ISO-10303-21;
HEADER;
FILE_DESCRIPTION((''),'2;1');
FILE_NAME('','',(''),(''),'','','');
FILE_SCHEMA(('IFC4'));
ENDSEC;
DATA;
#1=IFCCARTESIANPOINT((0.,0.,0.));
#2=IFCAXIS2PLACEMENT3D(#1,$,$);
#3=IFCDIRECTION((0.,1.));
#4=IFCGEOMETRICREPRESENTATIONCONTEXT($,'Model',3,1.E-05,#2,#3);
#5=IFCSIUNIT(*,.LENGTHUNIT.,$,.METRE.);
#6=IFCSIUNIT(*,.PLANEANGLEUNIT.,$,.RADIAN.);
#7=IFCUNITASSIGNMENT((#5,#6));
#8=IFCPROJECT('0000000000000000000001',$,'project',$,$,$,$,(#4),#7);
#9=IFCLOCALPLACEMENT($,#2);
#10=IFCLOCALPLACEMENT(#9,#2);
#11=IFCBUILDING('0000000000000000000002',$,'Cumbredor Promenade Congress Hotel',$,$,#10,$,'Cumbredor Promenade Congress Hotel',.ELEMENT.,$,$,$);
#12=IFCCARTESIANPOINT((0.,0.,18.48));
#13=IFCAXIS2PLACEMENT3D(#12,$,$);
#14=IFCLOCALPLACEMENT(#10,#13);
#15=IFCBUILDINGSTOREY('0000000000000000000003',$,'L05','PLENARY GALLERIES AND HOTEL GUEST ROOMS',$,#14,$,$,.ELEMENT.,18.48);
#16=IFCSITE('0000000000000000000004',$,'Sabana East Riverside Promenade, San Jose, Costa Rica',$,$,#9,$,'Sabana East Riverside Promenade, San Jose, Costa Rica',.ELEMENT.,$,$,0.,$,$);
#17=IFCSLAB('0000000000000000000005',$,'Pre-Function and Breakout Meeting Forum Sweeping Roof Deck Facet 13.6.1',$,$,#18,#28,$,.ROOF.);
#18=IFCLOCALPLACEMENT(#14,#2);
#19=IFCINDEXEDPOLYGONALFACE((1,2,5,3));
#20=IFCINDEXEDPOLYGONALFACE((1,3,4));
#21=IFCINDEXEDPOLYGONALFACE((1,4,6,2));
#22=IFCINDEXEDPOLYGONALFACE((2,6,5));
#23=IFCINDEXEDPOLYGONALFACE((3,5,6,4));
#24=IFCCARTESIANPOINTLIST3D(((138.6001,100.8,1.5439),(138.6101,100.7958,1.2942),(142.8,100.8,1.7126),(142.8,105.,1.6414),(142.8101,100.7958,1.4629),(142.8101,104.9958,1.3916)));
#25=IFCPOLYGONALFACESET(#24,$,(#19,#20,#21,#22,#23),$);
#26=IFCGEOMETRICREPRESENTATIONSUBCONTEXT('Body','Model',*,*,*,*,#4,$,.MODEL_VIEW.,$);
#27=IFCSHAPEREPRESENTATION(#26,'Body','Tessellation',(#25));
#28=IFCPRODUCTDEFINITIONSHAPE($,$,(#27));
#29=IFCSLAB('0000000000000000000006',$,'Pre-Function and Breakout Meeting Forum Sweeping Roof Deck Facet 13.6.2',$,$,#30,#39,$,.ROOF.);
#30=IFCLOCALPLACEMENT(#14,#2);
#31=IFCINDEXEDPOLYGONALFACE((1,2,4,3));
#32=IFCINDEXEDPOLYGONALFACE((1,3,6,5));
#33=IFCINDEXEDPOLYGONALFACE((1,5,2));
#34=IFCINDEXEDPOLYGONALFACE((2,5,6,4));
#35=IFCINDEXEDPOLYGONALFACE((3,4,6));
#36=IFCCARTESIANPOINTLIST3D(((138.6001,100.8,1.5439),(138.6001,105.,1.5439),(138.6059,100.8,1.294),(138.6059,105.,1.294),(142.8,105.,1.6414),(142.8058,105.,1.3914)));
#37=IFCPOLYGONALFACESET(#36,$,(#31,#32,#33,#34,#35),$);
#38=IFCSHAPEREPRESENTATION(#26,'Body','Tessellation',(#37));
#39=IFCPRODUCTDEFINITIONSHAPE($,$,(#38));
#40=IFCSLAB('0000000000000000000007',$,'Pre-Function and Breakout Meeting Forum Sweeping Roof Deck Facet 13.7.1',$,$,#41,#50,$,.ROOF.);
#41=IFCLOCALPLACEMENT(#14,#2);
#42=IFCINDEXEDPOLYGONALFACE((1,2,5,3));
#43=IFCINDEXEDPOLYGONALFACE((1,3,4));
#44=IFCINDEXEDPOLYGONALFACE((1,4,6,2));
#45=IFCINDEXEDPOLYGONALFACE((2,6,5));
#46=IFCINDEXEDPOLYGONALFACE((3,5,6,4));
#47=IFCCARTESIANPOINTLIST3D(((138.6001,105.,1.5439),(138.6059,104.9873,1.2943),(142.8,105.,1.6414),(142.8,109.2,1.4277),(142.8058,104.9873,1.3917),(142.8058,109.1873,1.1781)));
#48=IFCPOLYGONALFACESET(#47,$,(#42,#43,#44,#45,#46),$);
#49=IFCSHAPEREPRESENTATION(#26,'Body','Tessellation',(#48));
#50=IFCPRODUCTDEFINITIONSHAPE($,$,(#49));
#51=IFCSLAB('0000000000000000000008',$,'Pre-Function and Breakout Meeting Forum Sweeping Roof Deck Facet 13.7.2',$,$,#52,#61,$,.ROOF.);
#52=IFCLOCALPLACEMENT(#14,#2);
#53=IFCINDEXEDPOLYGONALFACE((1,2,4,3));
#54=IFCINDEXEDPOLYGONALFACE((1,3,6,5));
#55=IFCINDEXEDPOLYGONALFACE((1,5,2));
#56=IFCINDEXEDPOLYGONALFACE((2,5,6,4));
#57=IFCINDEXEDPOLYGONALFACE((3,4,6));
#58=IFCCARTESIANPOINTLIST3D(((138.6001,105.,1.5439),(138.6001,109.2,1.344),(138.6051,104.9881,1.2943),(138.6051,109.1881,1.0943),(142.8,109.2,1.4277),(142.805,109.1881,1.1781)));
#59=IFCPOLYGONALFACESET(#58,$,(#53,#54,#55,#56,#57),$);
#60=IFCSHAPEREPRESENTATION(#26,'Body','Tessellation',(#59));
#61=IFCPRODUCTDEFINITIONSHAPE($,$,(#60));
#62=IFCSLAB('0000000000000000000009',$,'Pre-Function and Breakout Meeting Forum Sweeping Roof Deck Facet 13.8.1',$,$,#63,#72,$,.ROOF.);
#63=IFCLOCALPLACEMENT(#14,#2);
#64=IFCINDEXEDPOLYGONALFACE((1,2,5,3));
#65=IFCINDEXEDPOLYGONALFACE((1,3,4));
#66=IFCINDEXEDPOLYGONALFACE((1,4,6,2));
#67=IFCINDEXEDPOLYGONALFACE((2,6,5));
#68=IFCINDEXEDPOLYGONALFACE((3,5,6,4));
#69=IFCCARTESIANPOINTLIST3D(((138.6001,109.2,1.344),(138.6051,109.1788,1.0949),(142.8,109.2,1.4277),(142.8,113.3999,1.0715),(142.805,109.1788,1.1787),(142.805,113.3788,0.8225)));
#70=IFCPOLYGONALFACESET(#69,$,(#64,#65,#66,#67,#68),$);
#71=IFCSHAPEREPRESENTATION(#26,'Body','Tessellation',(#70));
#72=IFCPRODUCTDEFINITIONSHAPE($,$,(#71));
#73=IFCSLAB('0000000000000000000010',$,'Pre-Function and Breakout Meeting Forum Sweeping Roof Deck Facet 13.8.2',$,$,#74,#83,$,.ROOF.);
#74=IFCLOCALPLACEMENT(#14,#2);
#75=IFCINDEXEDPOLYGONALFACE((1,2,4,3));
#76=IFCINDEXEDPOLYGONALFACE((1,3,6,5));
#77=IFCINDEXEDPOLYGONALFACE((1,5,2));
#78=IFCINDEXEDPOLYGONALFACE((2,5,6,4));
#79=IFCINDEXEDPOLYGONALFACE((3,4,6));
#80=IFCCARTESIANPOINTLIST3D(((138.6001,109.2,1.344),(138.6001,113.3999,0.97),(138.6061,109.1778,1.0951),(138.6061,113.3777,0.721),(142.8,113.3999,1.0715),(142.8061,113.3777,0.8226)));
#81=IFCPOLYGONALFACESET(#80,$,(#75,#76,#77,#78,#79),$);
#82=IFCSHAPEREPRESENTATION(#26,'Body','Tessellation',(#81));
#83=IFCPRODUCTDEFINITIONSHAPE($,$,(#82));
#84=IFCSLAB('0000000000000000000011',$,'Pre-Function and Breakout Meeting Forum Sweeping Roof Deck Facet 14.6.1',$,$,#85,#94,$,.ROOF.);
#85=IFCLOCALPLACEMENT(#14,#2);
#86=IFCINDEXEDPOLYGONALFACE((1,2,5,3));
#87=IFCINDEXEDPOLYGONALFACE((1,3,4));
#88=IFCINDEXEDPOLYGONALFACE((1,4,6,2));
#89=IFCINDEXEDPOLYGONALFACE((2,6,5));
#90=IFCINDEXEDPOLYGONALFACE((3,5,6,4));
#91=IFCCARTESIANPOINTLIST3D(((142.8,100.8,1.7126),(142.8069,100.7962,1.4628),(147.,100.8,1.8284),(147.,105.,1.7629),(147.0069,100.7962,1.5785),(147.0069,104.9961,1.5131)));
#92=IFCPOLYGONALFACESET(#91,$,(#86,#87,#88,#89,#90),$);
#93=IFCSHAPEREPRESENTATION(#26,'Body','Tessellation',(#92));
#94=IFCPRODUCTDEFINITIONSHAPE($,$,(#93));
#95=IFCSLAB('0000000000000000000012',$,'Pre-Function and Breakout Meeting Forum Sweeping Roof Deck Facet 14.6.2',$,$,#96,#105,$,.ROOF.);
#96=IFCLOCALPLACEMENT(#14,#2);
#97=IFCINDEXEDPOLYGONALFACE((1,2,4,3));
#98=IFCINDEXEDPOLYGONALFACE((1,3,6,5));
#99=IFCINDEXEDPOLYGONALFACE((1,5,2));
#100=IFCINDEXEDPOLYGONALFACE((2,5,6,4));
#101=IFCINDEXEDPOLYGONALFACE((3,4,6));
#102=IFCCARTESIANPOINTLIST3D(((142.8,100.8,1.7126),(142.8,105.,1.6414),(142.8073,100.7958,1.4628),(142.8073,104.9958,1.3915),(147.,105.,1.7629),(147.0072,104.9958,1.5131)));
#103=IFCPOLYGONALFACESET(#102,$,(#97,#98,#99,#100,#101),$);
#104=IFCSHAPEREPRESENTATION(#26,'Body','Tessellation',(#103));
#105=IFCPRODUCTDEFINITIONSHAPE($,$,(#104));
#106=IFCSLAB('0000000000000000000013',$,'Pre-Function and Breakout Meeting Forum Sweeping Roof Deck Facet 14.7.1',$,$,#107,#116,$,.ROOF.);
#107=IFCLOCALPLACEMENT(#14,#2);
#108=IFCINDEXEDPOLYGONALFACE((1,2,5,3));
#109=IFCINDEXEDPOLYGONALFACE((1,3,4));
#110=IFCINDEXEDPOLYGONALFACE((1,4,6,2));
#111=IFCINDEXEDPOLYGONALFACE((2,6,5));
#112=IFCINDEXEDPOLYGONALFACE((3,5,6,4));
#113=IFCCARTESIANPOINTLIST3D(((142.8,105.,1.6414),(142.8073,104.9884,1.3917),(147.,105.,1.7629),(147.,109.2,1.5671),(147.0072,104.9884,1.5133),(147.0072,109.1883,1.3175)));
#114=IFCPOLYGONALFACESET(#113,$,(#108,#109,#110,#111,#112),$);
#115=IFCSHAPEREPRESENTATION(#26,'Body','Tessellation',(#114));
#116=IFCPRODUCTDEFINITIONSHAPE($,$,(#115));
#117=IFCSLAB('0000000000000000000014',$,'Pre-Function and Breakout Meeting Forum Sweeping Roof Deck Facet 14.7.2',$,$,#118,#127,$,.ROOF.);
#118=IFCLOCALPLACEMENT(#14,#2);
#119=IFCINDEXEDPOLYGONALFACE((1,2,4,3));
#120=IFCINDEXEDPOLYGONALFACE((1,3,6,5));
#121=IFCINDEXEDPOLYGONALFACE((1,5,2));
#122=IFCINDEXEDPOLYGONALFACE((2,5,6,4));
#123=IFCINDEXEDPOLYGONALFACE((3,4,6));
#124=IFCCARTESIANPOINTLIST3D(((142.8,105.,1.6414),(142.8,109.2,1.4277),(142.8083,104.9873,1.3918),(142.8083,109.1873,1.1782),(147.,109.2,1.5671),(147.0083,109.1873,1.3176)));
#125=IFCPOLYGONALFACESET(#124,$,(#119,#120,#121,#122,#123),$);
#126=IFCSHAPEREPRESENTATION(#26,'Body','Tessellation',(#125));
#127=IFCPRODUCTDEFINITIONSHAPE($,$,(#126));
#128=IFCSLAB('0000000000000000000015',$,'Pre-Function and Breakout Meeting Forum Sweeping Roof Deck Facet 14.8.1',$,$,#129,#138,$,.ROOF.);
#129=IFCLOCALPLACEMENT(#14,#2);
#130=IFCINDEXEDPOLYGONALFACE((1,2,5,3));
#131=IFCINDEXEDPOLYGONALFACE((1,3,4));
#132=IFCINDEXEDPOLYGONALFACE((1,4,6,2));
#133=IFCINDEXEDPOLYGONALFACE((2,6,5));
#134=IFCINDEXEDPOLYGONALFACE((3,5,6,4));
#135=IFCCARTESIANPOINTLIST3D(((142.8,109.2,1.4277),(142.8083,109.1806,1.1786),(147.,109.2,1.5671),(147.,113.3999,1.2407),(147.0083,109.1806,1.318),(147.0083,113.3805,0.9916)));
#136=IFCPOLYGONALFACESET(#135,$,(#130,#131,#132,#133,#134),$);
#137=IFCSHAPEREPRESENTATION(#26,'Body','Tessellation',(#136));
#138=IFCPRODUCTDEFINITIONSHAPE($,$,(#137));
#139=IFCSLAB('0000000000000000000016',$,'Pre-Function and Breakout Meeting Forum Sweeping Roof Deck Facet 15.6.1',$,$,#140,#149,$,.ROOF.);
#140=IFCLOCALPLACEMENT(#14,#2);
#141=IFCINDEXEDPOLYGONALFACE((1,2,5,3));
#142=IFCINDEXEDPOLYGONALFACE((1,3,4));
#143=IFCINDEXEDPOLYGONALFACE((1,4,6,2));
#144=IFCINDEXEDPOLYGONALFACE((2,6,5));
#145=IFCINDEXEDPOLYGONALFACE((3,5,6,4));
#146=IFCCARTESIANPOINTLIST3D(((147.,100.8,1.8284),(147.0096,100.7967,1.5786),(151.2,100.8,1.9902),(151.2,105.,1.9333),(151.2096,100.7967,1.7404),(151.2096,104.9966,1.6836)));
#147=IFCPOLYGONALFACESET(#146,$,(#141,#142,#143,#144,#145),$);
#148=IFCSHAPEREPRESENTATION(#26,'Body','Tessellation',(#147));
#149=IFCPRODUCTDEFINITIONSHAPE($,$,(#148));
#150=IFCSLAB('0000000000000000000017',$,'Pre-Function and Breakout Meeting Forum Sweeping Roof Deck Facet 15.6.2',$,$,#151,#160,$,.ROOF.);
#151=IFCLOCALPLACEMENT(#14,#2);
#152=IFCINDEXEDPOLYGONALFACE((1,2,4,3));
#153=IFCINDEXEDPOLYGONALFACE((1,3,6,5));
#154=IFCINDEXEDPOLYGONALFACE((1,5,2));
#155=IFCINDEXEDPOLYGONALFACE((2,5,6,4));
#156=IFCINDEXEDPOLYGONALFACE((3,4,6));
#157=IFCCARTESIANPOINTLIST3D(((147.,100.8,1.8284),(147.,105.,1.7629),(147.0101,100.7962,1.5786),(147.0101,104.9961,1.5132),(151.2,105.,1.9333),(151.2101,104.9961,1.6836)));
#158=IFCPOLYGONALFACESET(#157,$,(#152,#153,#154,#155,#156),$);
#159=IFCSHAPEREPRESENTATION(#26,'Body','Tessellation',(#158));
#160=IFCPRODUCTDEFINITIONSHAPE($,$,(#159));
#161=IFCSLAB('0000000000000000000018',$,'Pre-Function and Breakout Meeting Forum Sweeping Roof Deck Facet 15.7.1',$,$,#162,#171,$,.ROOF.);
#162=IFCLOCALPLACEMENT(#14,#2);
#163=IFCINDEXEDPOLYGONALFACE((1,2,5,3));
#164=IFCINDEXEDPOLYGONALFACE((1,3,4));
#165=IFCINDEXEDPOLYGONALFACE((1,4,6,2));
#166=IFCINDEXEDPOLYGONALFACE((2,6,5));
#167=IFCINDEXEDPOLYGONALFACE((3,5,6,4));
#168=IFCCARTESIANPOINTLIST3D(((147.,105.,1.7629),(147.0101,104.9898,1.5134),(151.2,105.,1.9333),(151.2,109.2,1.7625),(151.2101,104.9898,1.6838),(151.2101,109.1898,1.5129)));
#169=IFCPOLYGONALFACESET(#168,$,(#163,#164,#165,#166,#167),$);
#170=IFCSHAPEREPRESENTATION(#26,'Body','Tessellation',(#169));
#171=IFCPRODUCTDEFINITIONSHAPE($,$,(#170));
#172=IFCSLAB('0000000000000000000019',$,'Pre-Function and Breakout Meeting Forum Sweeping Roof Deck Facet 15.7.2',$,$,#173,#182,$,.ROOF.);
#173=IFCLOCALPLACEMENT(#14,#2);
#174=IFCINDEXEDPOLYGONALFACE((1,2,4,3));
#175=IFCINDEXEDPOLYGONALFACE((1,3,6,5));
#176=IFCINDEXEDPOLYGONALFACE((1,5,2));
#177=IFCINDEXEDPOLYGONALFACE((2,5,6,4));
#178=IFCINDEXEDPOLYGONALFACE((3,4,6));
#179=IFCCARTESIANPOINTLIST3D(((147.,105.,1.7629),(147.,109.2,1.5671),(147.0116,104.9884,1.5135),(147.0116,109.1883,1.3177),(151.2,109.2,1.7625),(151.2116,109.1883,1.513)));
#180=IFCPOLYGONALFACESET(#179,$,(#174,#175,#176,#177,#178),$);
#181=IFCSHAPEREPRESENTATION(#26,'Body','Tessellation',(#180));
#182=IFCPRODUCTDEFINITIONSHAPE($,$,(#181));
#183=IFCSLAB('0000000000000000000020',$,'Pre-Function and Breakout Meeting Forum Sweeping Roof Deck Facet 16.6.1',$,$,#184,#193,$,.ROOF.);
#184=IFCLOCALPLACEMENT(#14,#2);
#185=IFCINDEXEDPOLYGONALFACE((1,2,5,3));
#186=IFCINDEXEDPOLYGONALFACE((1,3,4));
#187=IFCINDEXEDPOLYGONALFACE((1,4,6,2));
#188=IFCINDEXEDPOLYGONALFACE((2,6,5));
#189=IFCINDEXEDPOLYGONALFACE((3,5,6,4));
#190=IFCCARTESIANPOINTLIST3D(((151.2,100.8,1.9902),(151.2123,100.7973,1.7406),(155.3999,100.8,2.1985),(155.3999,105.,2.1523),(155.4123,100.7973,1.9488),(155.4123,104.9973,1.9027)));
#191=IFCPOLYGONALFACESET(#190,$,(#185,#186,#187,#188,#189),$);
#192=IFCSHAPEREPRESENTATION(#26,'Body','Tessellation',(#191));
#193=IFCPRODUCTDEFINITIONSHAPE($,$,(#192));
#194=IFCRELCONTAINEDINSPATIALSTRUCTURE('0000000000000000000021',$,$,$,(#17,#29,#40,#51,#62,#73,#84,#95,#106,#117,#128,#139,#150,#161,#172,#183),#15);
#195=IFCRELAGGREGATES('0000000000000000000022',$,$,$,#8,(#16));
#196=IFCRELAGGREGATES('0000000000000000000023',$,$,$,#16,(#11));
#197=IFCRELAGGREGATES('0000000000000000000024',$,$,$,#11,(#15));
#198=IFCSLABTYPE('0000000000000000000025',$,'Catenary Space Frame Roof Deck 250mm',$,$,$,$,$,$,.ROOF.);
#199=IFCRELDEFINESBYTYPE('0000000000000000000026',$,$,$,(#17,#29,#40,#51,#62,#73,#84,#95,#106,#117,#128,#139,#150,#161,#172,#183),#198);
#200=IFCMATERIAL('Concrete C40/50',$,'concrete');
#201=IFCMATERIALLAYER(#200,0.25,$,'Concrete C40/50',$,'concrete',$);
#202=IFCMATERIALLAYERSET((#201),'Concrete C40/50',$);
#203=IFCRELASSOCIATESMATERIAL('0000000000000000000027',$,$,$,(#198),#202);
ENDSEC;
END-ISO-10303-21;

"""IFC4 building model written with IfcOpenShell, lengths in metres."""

from ifc_helpers import new_model, si_unit, direction, frame, origin, place, context, subcontext, project, spatial, polyline, outline, extrude, material, layer, layer_set, type_object, element, save


model = new_model("IFC4")

# Units and contexts
model_context = context("Model", 3, precision=1e-05, world=origin(), true_north=direction((0.0, 1.0)))
body_context = subcontext(model_context, "Body", "Model", "MODEL_VIEW")
ifc_project = project(units=[si_unit("LENGTHUNIT", "METRE"), si_unit("PLANEANGLEUNIT", "RADIAN")], contexts=[model_context])

# Site, building, storey
site_placement = place(None, origin())
site = spatial("IfcSite", under=ifc_project, at=site_placement, Name="Sabana East Riverside Promenade, San Jose, Costa Rica", LongName="Sabana East Riverside Promenade, San Jose, Costa Rica", CompositionType="ELEMENT", RefElevation=0.0)
building_placement = place(site_placement, origin())
building = spatial("IfcBuilding", under=site, at=building_placement, Name="Cumbredor Promenade Congress Hotel", LongName="Cumbredor Promenade Congress Hotel", CompositionType="ELEMENT")
storey_placement = place(building_placement, frame((0.0, 0.0, 18.48)))
storey = spatial("IfcBuildingStorey", under=building, at=storey_placement, Name="L05", Description="PLENARY GALLERIES AND HOTEL GUEST ROOMS", CompositionType="ELEMENT", Elevation=18.48)

# Slabs
ifc_material_1 = material(Name="Concrete C40/50", Category="concrete")
ifc_layer_1 = layer(ifc_material_1, 0.25, Name="Concrete C40/50", Category="concrete")
ifc_layer_set_1 = layer_set([ifc_layer_1], Name="Concrete C40/50")
slab_type = type_object("IfcSlabType", Name="Catenary Space Frame Roof Deck 250mm", PredefinedType="ROOF", material=ifc_layer_set_1)
slab_1_placement = place(storey_placement, frame((138.6001, 100.8, 1.5439), z_axis=(-0.040129, 0.016958, 0.999051), x_axis=(0.999194, 0.0, 0.040135)))
element("IfcSlab", 1, at=slab_1_placement, inside=storey, type_object=slab_type, Name="Pre-Function and Breakout Meeting Forum Sweeping Roof Deck Facet 13.6.1", PredefinedType="ROOF", context=body_context, shape_type="SweptSolid", body=[
    extrude(outline(polyline([(0.0, 0.0), (4.2033, 0.0), (4.2005, 4.2006), (0.0, 0.0)])), origin(), (0.0, 0.0, -1.0), 0.25),
])
slab_2_placement = place(storey_placement, frame((138.6001, 100.8, 1.5439), z_axis=(-0.023187, 0.0, 0.999731), x_axis=(0.707012, 0.707012, 0.016398)))
element("IfcSlab", 2, at=slab_2_placement, inside=storey, type_object=slab_type, Name="Pre-Function and Breakout Meeting Forum Sweeping Roof Deck Facet 13.6.2", PredefinedType="ROOF", context=body_context, shape_type="SweptSolid", body=[
    extrude(outline(polyline([(0.0, 0.0), (5.9404, 0.0), (2.9694, 2.9702), (0.0, 0.0)])), origin(), (0.0, 0.0, -1.0), 0.25),
])
slab_3_placement = place(storey_placement, frame((138.6001, 105.0, 1.5439), z_axis=(-0.023157, 0.050784, 0.998441), x_axis=(0.999731, 0.0, 0.023187)))
element("IfcSlab", 3, at=slab_3_placement, inside=storey, type_object=slab_type, Name="Pre-Function and Breakout Meeting Forum Sweeping Roof Deck Facet 13.7.1", PredefinedType="ROOF", context=body_context, shape_type="SweptSolid", body=[
    extrude(outline(polyline([(0.0, 0.0), (4.2011, 0.0), (4.1961, 4.2054), (0.0, 0.0)])), origin(), (0.0, 0.0, -1.0), 0.25),
])
slab_4_placement = place(storey_placement, frame((138.6001, 105.0, 1.5439), z_axis=(-0.019912, 0.047545, 0.998671), x_axis=(0.706971, 0.706971, -0.019562)))
element("IfcSlab", 4, at=slab_4_placement, inside=storey, type_object=slab_type, Name="Pre-Function and Breakout Meeting Forum Sweeping Roof Deck Facet 13.7.2", PredefinedType="ROOF", context=body_context, shape_type="SweptSolid", body=[
    extrude(outline(polyline([(0.0, 0.0), (5.9408, 0.0), (2.9732, 2.9732), (0.0, 0.0)])), origin(), (0.0, 0.0, -1.0), 0.25),
])
slab_5_placement = place(storey_placement, frame((138.6001, 109.2, 1.344), z_axis=(-0.019863, 0.084491, 0.996226), x_axis=(0.999801, 0.0, 0.019934)))
element("IfcSlab", 5, at=slab_5_placement, inside=storey, type_object=slab_type, Name="Pre-Function and Breakout Meeting Forum Sweeping Roof Deck Facet 13.8.1", PredefinedType="ROOF", context=body_context, shape_type="SweptSolid", body=[
    extrude(outline(polyline([(0.0, 0.0), (4.2008, 0.0), (4.1937, 4.215), (0.0, 0.0)])), origin(), (0.0, 0.0, -1.0), 0.25),
])
slab_6_placement = place(storey_placement, frame((138.6001, 109.2, 1.344), z_axis=(-0.02408, 0.088677, 0.995769), x_axis=(0.706364, 0.706364, -0.045824)))
element("IfcSlab", 6, at=slab_6_placement, inside=storey, type_object=slab_type, Name="Pre-Function and Breakout Meeting Forum Sweeping Roof Deck Facet 13.8.2", PredefinedType="ROOF", context=body_context, shape_type="SweptSolid", body=[
    extrude(outline(polyline([(0.0, 0.0), (5.9459, 0.0), (2.9838, 2.9793), (0.0, 0.0)])), origin(), (0.0, 0.0, -1.0), 0.25),
])
slab_7_placement = place(storey_placement, frame((142.8, 100.8, 1.7126), z_axis=(-0.02754, 0.015571, 0.999499), x_axis=(0.999621, 0.0, 0.027543)))
element("IfcSlab", 7, at=slab_7_placement, inside=storey, type_object=slab_type, Name="Pre-Function and Breakout Meeting Forum Sweeping Roof Deck Facet 14.6.1", PredefinedType="ROOF", context=body_context, shape_type="SweptSolid", body=[
    extrude(outline(polyline([(0.0, 0.0), (4.2015, 0.0), (4.1997, 4.2005), (0.0, 0.0)])), origin(), (0.0, 0.0, -1.0), 0.25),
])
slab_8_placement = place(storey_placement, frame((142.8, 100.8, 1.7126), z_axis=(-0.028932, 0.016964, 0.999437), x_axis=(0.707081, 0.707081, 0.008467)))
element("IfcSlab", 8, at=slab_8_placement, inside=storey, type_object=slab_type, Name="Pre-Function and Breakout Meeting Forum Sweeping Roof Deck Facet 14.6.2", PredefinedType="ROOF", context=body_context, shape_type="SweptSolid", body=[
    extrude(outline(polyline([(0.0, 0.0), (5.9398, 0.0), (2.9691, 2.9714), (0.0, 0.0)])), origin(), (0.0, 0.0, -1.0), 0.25),
])
slab_9_placement = place(storey_placement, frame((142.8, 105.0, 1.6414), z_axis=(-0.028905, 0.04655, 0.998498), x_axis=(0.999581, 0.0, 0.028936)))
element("IfcSlab", 9, at=slab_9_placement, inside=storey, type_object=slab_type, Name="Pre-Function and Breakout Meeting Forum Sweeping Roof Deck Facet 14.7.1", PredefinedType="ROOF", context=body_context, shape_type="SweptSolid", body=[
    extrude(outline(polyline([(0.0, 0.0), (4.2017, 0.0), (4.196, 4.2045), (0.0, 0.0)])), origin(), (0.0, 0.0, -1.0), 0.25),
])
slab_10_placement = place(storey_placement, frame((142.8, 105.0, 1.6414), z_axis=(-0.033131, 0.05077, 0.998161), x_axis=(0.707052, 0.707052, -0.012495)))
element("IfcSlab", 10, at=slab_10_placement, inside=storey, type_object=slab_type, Name="Pre-Function and Breakout Meeting Forum Sweeping Roof Deck Facet 14.7.2", PredefinedType="ROOF", context=body_context, shape_type="SweptSolid", body=[
    extrude(outline(polyline([(0.0, 0.0), (5.9401, 0.0), (2.9723, 2.9751), (0.0, 0.0)])), origin(), (0.0, 0.0, -1.0), 0.25),
])
slab_11_placement = place(storey_placement, frame((142.8, 109.2, 1.4277), z_axis=(-0.033074, 0.077443, 0.996448), x_axis=(0.99945, 0.0, 0.033174)))
element("IfcSlab", 11, at=slab_11_placement, inside=storey, type_object=slab_type, Name="Pre-Function and Breakout Meeting Forum Sweeping Roof Deck Facet 14.8.1", PredefinedType="ROOF", context=body_context, shape_type="SweptSolid", body=[
    extrude(outline(polyline([(0.0, 0.0), (4.2023, 0.0), (4.1914, 4.2126), (0.0, 0.0)])), origin(), (0.0, 0.0, -1.0), 0.25),
])
slab_12_placement = place(storey_placement, frame((147.0, 100.8, 1.8284), z_axis=(-0.038508, 0.013533, 0.999167), x_axis=(0.999258, 0.0, 0.038511)))
element("IfcSlab", 12, at=slab_12_placement, inside=storey, type_object=slab_type, Name="Pre-Function and Breakout Meeting Forum Sweeping Roof Deck Facet 15.6.1", PredefinedType="ROOF", context=body_context, shape_type="SweptSolid", body=[
    extrude(outline(polyline([(0.0, 0.0), (4.2031, 0.0), (4.2009, 4.2003), (0.0, 0.0)])), origin(), (0.0, 0.0, -1.0), 0.25),
])
slab_13_placement = place(storey_placement, frame((147.0, 100.8, 1.8284), z_axis=(-0.040536, 0.015564, 0.999057), x_axis=(0.706996, 0.706996, 0.017672)))
element("IfcSlab", 13, at=slab_13_placement, inside=storey, type_object=slab_type, Name="Pre-Function and Breakout Meeting Forum Sweeping Roof Deck Facet 15.6.2", PredefinedType="ROOF", context=body_context, shape_type="SweptSolid", body=[
    extrude(outline(polyline([(0.0, 0.0), (5.9406, 0.0), (2.9682, 2.9722), (0.0, 0.0)])), origin(), (0.0, 0.0, -1.0), 0.25),
])
slab_14_placement = place(storey_placement, frame((147.0, 105.0, 1.7629), z_axis=(-0.040507, 0.040624, 0.998353), x_axis=(0.999178, 0.0, 0.040541)))
element("IfcSlab", 14, at=slab_14_placement, inside=storey, type_object=slab_type, Name="Pre-Function and Breakout Meeting Forum Sweeping Roof Deck Facet 15.7.1", PredefinedType="ROOF", context=body_context, shape_type="SweptSolid", body=[
    extrude(outline(polyline([(0.0, 0.0), (4.2034, 0.0), (4.1965, 4.2034), (0.0, 0.0)])), origin(), (0.0, 0.0, -1.0), 0.25),
])
slab_15_placement = place(storey_placement, frame((147.0, 105.0, 1.7629), z_axis=(-0.046403, 0.046519, 0.997839), x_axis=(0.707107, 0.707107, -0.000082)))
element("IfcSlab", 15, at=slab_15_placement, inside=storey, type_object=slab_type, Name="Pre-Function and Breakout Meeting Forum Sweeping Roof Deck Facet 15.7.2", PredefinedType="ROOF", context=body_context, shape_type="SweptSolid", body=[
    extrude(outline(polyline([(0.0, 0.0), (5.9396, 0.0), (2.9698, 2.9762), (0.0, 0.0)])), origin(), (0.0, 0.0, -1.0), 0.25),
])
slab_16_placement = place(storey_placement, frame((151.2, 100.8, 1.9902), z_axis=(-0.049521, 0.010972, 0.998713), x_axis=(0.998773, 0.0, 0.049524)))
element("IfcSlab", 16, at=slab_16_placement, inside=storey, type_object=slab_type, Name="Pre-Function and Breakout Meeting Forum Sweeping Roof Deck Facet 16.6.1", PredefinedType="ROOF", context=body_context, shape_type="SweptSolid", body=[
    extrude(outline(polyline([(0.0, 0.0), (4.2051, 0.0), (4.2028, 4.2002), (0.0, 0.0)])), origin(), (0.0, 0.0, -1.0), 0.25),
])

save(model, "model.ifc")
